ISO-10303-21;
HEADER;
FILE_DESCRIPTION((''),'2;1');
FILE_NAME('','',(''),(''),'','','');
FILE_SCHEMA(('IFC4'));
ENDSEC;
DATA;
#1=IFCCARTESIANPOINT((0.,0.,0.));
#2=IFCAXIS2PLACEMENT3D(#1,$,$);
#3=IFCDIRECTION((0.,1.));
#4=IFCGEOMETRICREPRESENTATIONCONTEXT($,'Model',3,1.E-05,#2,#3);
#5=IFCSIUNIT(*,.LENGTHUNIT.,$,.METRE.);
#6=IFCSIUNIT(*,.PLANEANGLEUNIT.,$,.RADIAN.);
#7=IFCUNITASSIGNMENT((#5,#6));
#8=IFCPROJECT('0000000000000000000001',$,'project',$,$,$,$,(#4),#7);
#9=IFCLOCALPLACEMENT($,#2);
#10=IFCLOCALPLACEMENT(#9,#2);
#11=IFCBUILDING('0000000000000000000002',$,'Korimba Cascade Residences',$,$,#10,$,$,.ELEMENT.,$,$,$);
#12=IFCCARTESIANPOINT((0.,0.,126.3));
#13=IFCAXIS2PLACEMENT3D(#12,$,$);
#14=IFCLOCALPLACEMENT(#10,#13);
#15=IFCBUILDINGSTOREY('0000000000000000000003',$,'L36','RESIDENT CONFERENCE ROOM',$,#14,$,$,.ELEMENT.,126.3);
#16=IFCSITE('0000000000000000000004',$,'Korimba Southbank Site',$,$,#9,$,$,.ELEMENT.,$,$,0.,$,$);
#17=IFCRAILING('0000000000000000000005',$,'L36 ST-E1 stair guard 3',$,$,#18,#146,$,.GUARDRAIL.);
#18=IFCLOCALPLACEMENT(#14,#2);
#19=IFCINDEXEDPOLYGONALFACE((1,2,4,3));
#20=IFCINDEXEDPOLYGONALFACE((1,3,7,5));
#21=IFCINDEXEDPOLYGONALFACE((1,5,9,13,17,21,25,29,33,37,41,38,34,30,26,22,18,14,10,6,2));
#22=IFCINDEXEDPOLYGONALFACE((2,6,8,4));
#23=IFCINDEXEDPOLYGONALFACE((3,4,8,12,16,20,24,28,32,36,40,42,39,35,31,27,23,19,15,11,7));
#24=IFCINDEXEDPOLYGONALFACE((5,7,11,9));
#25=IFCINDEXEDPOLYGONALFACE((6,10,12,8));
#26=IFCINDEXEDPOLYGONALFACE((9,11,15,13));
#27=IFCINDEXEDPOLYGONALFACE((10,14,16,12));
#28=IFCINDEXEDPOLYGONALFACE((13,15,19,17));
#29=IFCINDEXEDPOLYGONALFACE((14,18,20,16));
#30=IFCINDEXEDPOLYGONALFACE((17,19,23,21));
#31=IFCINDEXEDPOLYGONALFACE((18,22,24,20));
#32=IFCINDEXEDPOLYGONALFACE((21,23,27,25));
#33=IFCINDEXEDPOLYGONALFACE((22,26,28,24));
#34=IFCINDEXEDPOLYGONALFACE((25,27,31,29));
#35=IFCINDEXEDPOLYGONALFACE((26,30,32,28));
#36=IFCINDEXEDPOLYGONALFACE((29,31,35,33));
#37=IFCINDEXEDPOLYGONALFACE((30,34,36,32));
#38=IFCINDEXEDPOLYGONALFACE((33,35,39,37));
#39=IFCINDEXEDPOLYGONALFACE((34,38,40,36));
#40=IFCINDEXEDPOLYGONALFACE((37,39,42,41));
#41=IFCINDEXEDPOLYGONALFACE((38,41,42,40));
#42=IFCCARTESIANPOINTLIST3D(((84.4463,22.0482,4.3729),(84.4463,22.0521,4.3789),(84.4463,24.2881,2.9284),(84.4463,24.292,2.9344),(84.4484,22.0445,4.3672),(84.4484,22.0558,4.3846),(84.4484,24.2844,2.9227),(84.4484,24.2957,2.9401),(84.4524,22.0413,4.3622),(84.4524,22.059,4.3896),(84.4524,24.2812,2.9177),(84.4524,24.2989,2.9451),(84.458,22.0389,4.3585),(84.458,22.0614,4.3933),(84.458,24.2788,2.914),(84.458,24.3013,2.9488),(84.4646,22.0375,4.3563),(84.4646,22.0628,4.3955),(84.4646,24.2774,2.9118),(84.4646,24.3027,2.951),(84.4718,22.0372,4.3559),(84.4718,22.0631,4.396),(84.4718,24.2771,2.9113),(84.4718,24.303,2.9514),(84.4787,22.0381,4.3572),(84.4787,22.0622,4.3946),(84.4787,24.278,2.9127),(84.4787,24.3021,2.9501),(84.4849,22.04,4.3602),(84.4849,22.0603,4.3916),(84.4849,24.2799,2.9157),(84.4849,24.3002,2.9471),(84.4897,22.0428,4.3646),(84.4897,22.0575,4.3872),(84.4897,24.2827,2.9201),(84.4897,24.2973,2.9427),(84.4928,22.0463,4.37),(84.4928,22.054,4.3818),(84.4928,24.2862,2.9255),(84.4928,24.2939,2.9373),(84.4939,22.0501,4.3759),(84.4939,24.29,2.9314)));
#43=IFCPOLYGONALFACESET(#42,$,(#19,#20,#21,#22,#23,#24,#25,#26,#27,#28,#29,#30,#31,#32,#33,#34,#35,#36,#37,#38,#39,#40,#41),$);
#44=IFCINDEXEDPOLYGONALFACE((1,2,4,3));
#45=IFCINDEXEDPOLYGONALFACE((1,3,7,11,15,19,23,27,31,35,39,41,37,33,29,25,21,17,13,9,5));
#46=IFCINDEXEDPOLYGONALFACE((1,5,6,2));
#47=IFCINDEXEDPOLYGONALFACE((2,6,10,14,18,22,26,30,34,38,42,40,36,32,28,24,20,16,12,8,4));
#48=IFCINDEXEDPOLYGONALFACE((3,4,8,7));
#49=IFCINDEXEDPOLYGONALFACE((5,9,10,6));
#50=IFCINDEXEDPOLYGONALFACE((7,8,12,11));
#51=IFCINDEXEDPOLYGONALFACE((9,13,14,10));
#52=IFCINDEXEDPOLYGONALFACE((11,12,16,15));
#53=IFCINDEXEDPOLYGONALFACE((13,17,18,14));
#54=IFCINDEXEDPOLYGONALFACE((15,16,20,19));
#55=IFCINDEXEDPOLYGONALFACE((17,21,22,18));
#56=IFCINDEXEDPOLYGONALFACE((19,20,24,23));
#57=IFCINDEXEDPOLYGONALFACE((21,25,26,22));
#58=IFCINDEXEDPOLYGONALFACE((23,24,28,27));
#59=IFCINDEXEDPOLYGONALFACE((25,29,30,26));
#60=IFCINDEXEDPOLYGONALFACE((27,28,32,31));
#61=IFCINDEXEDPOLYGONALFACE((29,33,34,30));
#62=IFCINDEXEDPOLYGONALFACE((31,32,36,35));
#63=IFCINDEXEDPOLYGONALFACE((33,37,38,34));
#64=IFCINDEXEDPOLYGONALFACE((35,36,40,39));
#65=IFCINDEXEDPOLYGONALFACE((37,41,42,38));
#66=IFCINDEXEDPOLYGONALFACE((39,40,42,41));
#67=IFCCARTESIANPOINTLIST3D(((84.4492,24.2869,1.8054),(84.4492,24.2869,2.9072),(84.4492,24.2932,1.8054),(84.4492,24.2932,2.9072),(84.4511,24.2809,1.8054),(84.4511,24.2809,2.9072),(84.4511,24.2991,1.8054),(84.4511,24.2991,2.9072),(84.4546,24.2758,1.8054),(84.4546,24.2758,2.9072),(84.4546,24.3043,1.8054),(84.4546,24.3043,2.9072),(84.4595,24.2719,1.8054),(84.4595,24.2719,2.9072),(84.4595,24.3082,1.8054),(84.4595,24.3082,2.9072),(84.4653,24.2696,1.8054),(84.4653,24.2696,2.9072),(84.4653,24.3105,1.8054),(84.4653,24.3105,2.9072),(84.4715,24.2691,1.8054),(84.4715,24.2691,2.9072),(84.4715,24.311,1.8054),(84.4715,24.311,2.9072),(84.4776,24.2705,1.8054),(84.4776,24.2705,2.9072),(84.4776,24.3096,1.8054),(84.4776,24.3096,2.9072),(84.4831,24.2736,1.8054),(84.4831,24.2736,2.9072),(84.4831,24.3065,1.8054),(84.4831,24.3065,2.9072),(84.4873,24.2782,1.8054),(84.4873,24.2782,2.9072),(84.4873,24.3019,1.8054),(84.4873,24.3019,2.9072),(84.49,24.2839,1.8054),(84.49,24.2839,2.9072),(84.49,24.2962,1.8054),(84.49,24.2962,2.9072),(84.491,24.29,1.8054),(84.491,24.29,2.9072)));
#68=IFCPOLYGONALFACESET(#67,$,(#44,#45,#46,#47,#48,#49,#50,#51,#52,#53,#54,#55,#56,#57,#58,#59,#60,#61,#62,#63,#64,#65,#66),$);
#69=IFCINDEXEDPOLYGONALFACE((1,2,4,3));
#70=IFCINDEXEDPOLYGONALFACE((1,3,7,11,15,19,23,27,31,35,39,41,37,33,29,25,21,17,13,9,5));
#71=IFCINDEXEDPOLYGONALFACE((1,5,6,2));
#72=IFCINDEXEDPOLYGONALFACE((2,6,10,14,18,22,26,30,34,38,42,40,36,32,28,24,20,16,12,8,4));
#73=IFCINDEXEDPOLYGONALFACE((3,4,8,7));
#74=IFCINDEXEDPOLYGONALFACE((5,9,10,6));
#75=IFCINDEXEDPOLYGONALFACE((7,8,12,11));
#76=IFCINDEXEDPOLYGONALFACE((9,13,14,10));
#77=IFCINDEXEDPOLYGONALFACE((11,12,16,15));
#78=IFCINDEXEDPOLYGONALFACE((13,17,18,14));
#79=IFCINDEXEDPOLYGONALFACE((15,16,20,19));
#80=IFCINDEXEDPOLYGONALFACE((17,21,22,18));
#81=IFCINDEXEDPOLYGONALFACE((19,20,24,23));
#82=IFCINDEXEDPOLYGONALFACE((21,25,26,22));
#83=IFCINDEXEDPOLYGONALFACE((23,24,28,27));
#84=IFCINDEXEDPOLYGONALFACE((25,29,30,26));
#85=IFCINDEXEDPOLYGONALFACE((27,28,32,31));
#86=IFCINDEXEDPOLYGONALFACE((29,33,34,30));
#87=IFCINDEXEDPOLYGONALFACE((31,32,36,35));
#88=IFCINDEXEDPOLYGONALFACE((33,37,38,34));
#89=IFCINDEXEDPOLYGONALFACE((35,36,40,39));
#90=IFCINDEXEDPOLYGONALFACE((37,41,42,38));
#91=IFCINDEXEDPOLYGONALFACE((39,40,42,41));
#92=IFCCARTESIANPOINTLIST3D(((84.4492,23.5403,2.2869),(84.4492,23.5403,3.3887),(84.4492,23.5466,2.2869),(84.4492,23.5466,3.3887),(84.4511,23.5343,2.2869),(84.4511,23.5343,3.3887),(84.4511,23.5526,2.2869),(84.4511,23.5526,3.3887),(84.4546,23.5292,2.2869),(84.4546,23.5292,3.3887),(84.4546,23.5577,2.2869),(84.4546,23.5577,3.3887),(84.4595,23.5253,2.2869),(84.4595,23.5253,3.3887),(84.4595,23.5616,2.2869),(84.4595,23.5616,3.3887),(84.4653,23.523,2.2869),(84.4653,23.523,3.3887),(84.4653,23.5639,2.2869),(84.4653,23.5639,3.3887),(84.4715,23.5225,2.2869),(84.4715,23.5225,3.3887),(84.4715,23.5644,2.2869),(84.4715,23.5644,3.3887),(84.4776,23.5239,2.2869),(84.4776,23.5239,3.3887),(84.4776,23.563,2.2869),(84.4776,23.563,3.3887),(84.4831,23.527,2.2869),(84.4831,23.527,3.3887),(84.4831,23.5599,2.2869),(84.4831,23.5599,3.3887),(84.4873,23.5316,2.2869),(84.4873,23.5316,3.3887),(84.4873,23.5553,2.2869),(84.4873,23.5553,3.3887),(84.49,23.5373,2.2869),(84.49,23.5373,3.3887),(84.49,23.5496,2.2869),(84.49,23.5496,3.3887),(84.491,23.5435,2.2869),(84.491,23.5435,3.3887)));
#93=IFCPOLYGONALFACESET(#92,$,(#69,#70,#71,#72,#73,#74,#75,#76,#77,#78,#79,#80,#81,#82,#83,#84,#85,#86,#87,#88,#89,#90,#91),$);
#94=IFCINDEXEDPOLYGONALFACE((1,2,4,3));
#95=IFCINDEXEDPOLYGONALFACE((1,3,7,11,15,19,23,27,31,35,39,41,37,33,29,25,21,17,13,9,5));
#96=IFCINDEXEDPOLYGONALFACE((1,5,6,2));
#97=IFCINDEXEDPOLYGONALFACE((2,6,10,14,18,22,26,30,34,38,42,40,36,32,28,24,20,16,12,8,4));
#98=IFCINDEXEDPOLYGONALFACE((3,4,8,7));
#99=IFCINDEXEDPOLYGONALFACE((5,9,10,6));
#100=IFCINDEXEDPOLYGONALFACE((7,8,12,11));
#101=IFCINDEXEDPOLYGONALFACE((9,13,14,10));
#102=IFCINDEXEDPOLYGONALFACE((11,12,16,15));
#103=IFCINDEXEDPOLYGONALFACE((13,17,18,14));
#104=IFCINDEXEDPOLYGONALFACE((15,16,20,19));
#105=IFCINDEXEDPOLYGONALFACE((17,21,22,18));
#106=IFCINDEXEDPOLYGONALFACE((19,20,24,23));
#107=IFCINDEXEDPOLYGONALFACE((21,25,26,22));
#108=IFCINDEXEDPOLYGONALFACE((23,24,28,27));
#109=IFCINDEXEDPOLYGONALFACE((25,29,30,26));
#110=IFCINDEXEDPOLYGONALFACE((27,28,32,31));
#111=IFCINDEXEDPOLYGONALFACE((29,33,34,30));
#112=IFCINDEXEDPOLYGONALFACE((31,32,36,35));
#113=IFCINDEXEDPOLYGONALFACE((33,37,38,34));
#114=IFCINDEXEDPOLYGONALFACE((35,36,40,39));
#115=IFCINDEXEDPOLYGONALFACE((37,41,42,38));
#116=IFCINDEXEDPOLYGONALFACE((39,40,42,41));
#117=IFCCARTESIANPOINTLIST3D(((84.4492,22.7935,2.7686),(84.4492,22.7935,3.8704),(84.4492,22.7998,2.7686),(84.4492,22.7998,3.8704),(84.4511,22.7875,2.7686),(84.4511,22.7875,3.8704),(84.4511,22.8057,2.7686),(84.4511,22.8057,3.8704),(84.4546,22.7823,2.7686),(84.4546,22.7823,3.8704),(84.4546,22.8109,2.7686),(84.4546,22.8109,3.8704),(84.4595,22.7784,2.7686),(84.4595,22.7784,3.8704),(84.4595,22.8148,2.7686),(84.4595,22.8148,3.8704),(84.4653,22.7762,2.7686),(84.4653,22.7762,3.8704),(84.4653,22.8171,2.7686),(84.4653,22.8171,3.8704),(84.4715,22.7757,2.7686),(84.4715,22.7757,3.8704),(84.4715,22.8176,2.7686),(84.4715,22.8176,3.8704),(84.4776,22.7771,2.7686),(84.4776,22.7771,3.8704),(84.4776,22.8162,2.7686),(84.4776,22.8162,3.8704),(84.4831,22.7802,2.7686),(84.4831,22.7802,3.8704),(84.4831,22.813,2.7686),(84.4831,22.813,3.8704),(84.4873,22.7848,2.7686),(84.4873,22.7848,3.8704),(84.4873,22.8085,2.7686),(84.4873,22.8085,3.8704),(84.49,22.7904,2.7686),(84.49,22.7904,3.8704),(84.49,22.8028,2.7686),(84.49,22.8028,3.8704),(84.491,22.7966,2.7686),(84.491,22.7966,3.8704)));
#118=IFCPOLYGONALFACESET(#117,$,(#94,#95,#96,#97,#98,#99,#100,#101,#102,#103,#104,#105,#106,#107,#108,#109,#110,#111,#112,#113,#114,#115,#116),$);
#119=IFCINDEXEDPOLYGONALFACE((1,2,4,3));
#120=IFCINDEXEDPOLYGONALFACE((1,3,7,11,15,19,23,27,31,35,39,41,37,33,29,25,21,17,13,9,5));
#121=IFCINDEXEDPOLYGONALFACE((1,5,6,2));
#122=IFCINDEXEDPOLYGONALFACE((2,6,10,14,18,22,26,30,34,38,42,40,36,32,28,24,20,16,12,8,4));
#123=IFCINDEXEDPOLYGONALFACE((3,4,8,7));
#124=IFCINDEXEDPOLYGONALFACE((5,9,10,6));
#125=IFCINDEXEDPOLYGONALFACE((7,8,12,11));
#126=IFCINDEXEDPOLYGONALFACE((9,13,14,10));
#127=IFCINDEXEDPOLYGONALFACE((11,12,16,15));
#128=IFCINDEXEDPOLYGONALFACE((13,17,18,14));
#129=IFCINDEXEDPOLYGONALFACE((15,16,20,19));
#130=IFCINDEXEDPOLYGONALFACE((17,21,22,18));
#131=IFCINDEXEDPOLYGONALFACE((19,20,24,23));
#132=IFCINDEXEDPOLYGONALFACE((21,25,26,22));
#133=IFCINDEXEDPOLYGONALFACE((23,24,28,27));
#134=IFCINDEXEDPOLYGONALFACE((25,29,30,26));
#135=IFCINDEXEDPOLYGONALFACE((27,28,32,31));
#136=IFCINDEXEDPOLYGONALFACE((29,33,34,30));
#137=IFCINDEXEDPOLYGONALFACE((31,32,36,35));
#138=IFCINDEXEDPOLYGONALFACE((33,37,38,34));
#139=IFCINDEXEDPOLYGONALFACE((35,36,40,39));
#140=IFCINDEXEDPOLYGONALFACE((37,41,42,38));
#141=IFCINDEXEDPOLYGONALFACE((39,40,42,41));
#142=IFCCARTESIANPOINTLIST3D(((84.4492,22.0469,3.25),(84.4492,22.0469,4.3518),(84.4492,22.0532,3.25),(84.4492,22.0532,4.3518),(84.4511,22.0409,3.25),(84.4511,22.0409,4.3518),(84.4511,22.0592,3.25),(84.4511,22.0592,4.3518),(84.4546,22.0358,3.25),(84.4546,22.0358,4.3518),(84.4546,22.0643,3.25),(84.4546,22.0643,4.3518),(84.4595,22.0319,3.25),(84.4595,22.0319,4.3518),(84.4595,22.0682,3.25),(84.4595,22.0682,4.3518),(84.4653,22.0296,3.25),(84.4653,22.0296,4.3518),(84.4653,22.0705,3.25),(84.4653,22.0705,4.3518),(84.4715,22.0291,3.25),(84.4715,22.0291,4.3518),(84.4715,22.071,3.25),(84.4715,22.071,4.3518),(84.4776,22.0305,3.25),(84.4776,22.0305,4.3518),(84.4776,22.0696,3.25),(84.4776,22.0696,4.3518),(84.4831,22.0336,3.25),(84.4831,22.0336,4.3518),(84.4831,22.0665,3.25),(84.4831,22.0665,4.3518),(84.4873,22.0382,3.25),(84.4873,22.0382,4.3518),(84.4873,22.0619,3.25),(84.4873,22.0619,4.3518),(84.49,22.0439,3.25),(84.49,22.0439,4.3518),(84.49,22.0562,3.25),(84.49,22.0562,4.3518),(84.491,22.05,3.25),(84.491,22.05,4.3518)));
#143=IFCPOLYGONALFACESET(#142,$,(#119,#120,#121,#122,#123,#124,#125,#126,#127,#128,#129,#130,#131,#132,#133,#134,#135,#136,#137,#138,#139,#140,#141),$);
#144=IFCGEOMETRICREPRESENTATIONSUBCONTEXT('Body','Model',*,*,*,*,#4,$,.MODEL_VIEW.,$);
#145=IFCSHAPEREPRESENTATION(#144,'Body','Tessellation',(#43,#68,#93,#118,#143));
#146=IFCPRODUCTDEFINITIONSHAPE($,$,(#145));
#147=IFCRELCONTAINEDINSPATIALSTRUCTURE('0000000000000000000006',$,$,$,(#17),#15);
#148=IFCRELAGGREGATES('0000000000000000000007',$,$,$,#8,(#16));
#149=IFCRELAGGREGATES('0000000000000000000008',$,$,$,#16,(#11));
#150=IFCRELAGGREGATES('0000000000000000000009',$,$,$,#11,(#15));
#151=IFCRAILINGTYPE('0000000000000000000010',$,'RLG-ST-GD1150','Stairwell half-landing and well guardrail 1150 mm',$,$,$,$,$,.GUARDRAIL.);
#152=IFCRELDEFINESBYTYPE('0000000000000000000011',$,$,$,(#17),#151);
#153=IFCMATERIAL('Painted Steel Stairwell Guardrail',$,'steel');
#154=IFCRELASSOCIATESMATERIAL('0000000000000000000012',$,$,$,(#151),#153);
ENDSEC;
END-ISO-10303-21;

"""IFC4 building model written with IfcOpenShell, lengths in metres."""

from ifc_helpers import new_model, si_unit, direction, frame, origin, origin_2d, place, context, subcontext, project, spatial, circle, extrude, material, type_object, element, save


model = new_model("IFC4")

# Units and contexts
model_context = context("Model", 3, precision=1e-05, world=origin(), true_north=direction((0.0, 1.0)))
body_context = subcontext(model_context, "Body", "Model", "MODEL_VIEW")
ifc_project = project(units=[si_unit("LENGTHUNIT", "METRE"), si_unit("PLANEANGLEUNIT", "RADIAN")], contexts=[model_context])

# Site, building, storey
site_placement = place(None, origin())
site = spatial("IfcSite", under=ifc_project, at=site_placement, Name="Korimba Southbank Site", CompositionType="ELEMENT", RefElevation=0.0)
building_placement = place(site_placement, origin())
building = spatial("IfcBuilding", under=site, at=building_placement, Name="Korimba Cascade Residences", CompositionType="ELEMENT")
storey_placement = place(building_placement, frame((0.0, 0.0, 126.3)))
storey = spatial("IfcBuildingStorey", under=building, at=storey_placement, Name="L36", Description="RESIDENT CONFERENCE ROOM", CompositionType="ELEMENT", Elevation=126.3)

# Railing
ifc_material_1 = material(Name="Painted Steel Stairwell Guardrail", Category="steel")
railing_type_1 = type_object("IfcRailingType", Name="RLG-ST-GD1150", Description="Stairwell half-landing and well guardrail 1150 mm", PredefinedType="GUARDRAIL", material=ifc_material_1)
railing_1_placement = place(storey_placement, frame((84.47, 24.29, 1.8054)))
element("IfcRailing", 1, at=railing_1_placement, inside=storey, type_object=railing_type_1, Name="L36 ST-E1 stair guard 3", PredefinedType="GUARDRAIL", context=body_context, shape_type="SweptSolid", body=[
    extrude(circle(Radius=0.0239, at=origin_2d()), frame((0.0, 0.0, 1.126), z_axis=(0.0, -0.840395, 0.541975), x_axis=(1.0, 0.0, 0.0)), (0.0, 0.0, 1.0), 2.6653),
    extrude(circle(Radius=0.021, at=origin_2d()), origin(), (0.0, 0.0, 1.0), 1.1018),
    extrude(circle(Radius=0.021, at=origin_2d()), frame((0.0, -0.7466, 0.4814)), (0.0, 0.0, 1.0), 1.1018),
    extrude(circle(Radius=0.021, at=origin_2d()), frame((0.0, -1.4934, 0.9631)), (0.0, 0.0, 1.0), 1.1018),
    extrude(circle(Radius=0.021, at=origin_2d()), frame((0.0, -2.24, 1.4446)), (0.0, 0.0, 1.0), 1.1018),
])

save(model, "model.ifc")
